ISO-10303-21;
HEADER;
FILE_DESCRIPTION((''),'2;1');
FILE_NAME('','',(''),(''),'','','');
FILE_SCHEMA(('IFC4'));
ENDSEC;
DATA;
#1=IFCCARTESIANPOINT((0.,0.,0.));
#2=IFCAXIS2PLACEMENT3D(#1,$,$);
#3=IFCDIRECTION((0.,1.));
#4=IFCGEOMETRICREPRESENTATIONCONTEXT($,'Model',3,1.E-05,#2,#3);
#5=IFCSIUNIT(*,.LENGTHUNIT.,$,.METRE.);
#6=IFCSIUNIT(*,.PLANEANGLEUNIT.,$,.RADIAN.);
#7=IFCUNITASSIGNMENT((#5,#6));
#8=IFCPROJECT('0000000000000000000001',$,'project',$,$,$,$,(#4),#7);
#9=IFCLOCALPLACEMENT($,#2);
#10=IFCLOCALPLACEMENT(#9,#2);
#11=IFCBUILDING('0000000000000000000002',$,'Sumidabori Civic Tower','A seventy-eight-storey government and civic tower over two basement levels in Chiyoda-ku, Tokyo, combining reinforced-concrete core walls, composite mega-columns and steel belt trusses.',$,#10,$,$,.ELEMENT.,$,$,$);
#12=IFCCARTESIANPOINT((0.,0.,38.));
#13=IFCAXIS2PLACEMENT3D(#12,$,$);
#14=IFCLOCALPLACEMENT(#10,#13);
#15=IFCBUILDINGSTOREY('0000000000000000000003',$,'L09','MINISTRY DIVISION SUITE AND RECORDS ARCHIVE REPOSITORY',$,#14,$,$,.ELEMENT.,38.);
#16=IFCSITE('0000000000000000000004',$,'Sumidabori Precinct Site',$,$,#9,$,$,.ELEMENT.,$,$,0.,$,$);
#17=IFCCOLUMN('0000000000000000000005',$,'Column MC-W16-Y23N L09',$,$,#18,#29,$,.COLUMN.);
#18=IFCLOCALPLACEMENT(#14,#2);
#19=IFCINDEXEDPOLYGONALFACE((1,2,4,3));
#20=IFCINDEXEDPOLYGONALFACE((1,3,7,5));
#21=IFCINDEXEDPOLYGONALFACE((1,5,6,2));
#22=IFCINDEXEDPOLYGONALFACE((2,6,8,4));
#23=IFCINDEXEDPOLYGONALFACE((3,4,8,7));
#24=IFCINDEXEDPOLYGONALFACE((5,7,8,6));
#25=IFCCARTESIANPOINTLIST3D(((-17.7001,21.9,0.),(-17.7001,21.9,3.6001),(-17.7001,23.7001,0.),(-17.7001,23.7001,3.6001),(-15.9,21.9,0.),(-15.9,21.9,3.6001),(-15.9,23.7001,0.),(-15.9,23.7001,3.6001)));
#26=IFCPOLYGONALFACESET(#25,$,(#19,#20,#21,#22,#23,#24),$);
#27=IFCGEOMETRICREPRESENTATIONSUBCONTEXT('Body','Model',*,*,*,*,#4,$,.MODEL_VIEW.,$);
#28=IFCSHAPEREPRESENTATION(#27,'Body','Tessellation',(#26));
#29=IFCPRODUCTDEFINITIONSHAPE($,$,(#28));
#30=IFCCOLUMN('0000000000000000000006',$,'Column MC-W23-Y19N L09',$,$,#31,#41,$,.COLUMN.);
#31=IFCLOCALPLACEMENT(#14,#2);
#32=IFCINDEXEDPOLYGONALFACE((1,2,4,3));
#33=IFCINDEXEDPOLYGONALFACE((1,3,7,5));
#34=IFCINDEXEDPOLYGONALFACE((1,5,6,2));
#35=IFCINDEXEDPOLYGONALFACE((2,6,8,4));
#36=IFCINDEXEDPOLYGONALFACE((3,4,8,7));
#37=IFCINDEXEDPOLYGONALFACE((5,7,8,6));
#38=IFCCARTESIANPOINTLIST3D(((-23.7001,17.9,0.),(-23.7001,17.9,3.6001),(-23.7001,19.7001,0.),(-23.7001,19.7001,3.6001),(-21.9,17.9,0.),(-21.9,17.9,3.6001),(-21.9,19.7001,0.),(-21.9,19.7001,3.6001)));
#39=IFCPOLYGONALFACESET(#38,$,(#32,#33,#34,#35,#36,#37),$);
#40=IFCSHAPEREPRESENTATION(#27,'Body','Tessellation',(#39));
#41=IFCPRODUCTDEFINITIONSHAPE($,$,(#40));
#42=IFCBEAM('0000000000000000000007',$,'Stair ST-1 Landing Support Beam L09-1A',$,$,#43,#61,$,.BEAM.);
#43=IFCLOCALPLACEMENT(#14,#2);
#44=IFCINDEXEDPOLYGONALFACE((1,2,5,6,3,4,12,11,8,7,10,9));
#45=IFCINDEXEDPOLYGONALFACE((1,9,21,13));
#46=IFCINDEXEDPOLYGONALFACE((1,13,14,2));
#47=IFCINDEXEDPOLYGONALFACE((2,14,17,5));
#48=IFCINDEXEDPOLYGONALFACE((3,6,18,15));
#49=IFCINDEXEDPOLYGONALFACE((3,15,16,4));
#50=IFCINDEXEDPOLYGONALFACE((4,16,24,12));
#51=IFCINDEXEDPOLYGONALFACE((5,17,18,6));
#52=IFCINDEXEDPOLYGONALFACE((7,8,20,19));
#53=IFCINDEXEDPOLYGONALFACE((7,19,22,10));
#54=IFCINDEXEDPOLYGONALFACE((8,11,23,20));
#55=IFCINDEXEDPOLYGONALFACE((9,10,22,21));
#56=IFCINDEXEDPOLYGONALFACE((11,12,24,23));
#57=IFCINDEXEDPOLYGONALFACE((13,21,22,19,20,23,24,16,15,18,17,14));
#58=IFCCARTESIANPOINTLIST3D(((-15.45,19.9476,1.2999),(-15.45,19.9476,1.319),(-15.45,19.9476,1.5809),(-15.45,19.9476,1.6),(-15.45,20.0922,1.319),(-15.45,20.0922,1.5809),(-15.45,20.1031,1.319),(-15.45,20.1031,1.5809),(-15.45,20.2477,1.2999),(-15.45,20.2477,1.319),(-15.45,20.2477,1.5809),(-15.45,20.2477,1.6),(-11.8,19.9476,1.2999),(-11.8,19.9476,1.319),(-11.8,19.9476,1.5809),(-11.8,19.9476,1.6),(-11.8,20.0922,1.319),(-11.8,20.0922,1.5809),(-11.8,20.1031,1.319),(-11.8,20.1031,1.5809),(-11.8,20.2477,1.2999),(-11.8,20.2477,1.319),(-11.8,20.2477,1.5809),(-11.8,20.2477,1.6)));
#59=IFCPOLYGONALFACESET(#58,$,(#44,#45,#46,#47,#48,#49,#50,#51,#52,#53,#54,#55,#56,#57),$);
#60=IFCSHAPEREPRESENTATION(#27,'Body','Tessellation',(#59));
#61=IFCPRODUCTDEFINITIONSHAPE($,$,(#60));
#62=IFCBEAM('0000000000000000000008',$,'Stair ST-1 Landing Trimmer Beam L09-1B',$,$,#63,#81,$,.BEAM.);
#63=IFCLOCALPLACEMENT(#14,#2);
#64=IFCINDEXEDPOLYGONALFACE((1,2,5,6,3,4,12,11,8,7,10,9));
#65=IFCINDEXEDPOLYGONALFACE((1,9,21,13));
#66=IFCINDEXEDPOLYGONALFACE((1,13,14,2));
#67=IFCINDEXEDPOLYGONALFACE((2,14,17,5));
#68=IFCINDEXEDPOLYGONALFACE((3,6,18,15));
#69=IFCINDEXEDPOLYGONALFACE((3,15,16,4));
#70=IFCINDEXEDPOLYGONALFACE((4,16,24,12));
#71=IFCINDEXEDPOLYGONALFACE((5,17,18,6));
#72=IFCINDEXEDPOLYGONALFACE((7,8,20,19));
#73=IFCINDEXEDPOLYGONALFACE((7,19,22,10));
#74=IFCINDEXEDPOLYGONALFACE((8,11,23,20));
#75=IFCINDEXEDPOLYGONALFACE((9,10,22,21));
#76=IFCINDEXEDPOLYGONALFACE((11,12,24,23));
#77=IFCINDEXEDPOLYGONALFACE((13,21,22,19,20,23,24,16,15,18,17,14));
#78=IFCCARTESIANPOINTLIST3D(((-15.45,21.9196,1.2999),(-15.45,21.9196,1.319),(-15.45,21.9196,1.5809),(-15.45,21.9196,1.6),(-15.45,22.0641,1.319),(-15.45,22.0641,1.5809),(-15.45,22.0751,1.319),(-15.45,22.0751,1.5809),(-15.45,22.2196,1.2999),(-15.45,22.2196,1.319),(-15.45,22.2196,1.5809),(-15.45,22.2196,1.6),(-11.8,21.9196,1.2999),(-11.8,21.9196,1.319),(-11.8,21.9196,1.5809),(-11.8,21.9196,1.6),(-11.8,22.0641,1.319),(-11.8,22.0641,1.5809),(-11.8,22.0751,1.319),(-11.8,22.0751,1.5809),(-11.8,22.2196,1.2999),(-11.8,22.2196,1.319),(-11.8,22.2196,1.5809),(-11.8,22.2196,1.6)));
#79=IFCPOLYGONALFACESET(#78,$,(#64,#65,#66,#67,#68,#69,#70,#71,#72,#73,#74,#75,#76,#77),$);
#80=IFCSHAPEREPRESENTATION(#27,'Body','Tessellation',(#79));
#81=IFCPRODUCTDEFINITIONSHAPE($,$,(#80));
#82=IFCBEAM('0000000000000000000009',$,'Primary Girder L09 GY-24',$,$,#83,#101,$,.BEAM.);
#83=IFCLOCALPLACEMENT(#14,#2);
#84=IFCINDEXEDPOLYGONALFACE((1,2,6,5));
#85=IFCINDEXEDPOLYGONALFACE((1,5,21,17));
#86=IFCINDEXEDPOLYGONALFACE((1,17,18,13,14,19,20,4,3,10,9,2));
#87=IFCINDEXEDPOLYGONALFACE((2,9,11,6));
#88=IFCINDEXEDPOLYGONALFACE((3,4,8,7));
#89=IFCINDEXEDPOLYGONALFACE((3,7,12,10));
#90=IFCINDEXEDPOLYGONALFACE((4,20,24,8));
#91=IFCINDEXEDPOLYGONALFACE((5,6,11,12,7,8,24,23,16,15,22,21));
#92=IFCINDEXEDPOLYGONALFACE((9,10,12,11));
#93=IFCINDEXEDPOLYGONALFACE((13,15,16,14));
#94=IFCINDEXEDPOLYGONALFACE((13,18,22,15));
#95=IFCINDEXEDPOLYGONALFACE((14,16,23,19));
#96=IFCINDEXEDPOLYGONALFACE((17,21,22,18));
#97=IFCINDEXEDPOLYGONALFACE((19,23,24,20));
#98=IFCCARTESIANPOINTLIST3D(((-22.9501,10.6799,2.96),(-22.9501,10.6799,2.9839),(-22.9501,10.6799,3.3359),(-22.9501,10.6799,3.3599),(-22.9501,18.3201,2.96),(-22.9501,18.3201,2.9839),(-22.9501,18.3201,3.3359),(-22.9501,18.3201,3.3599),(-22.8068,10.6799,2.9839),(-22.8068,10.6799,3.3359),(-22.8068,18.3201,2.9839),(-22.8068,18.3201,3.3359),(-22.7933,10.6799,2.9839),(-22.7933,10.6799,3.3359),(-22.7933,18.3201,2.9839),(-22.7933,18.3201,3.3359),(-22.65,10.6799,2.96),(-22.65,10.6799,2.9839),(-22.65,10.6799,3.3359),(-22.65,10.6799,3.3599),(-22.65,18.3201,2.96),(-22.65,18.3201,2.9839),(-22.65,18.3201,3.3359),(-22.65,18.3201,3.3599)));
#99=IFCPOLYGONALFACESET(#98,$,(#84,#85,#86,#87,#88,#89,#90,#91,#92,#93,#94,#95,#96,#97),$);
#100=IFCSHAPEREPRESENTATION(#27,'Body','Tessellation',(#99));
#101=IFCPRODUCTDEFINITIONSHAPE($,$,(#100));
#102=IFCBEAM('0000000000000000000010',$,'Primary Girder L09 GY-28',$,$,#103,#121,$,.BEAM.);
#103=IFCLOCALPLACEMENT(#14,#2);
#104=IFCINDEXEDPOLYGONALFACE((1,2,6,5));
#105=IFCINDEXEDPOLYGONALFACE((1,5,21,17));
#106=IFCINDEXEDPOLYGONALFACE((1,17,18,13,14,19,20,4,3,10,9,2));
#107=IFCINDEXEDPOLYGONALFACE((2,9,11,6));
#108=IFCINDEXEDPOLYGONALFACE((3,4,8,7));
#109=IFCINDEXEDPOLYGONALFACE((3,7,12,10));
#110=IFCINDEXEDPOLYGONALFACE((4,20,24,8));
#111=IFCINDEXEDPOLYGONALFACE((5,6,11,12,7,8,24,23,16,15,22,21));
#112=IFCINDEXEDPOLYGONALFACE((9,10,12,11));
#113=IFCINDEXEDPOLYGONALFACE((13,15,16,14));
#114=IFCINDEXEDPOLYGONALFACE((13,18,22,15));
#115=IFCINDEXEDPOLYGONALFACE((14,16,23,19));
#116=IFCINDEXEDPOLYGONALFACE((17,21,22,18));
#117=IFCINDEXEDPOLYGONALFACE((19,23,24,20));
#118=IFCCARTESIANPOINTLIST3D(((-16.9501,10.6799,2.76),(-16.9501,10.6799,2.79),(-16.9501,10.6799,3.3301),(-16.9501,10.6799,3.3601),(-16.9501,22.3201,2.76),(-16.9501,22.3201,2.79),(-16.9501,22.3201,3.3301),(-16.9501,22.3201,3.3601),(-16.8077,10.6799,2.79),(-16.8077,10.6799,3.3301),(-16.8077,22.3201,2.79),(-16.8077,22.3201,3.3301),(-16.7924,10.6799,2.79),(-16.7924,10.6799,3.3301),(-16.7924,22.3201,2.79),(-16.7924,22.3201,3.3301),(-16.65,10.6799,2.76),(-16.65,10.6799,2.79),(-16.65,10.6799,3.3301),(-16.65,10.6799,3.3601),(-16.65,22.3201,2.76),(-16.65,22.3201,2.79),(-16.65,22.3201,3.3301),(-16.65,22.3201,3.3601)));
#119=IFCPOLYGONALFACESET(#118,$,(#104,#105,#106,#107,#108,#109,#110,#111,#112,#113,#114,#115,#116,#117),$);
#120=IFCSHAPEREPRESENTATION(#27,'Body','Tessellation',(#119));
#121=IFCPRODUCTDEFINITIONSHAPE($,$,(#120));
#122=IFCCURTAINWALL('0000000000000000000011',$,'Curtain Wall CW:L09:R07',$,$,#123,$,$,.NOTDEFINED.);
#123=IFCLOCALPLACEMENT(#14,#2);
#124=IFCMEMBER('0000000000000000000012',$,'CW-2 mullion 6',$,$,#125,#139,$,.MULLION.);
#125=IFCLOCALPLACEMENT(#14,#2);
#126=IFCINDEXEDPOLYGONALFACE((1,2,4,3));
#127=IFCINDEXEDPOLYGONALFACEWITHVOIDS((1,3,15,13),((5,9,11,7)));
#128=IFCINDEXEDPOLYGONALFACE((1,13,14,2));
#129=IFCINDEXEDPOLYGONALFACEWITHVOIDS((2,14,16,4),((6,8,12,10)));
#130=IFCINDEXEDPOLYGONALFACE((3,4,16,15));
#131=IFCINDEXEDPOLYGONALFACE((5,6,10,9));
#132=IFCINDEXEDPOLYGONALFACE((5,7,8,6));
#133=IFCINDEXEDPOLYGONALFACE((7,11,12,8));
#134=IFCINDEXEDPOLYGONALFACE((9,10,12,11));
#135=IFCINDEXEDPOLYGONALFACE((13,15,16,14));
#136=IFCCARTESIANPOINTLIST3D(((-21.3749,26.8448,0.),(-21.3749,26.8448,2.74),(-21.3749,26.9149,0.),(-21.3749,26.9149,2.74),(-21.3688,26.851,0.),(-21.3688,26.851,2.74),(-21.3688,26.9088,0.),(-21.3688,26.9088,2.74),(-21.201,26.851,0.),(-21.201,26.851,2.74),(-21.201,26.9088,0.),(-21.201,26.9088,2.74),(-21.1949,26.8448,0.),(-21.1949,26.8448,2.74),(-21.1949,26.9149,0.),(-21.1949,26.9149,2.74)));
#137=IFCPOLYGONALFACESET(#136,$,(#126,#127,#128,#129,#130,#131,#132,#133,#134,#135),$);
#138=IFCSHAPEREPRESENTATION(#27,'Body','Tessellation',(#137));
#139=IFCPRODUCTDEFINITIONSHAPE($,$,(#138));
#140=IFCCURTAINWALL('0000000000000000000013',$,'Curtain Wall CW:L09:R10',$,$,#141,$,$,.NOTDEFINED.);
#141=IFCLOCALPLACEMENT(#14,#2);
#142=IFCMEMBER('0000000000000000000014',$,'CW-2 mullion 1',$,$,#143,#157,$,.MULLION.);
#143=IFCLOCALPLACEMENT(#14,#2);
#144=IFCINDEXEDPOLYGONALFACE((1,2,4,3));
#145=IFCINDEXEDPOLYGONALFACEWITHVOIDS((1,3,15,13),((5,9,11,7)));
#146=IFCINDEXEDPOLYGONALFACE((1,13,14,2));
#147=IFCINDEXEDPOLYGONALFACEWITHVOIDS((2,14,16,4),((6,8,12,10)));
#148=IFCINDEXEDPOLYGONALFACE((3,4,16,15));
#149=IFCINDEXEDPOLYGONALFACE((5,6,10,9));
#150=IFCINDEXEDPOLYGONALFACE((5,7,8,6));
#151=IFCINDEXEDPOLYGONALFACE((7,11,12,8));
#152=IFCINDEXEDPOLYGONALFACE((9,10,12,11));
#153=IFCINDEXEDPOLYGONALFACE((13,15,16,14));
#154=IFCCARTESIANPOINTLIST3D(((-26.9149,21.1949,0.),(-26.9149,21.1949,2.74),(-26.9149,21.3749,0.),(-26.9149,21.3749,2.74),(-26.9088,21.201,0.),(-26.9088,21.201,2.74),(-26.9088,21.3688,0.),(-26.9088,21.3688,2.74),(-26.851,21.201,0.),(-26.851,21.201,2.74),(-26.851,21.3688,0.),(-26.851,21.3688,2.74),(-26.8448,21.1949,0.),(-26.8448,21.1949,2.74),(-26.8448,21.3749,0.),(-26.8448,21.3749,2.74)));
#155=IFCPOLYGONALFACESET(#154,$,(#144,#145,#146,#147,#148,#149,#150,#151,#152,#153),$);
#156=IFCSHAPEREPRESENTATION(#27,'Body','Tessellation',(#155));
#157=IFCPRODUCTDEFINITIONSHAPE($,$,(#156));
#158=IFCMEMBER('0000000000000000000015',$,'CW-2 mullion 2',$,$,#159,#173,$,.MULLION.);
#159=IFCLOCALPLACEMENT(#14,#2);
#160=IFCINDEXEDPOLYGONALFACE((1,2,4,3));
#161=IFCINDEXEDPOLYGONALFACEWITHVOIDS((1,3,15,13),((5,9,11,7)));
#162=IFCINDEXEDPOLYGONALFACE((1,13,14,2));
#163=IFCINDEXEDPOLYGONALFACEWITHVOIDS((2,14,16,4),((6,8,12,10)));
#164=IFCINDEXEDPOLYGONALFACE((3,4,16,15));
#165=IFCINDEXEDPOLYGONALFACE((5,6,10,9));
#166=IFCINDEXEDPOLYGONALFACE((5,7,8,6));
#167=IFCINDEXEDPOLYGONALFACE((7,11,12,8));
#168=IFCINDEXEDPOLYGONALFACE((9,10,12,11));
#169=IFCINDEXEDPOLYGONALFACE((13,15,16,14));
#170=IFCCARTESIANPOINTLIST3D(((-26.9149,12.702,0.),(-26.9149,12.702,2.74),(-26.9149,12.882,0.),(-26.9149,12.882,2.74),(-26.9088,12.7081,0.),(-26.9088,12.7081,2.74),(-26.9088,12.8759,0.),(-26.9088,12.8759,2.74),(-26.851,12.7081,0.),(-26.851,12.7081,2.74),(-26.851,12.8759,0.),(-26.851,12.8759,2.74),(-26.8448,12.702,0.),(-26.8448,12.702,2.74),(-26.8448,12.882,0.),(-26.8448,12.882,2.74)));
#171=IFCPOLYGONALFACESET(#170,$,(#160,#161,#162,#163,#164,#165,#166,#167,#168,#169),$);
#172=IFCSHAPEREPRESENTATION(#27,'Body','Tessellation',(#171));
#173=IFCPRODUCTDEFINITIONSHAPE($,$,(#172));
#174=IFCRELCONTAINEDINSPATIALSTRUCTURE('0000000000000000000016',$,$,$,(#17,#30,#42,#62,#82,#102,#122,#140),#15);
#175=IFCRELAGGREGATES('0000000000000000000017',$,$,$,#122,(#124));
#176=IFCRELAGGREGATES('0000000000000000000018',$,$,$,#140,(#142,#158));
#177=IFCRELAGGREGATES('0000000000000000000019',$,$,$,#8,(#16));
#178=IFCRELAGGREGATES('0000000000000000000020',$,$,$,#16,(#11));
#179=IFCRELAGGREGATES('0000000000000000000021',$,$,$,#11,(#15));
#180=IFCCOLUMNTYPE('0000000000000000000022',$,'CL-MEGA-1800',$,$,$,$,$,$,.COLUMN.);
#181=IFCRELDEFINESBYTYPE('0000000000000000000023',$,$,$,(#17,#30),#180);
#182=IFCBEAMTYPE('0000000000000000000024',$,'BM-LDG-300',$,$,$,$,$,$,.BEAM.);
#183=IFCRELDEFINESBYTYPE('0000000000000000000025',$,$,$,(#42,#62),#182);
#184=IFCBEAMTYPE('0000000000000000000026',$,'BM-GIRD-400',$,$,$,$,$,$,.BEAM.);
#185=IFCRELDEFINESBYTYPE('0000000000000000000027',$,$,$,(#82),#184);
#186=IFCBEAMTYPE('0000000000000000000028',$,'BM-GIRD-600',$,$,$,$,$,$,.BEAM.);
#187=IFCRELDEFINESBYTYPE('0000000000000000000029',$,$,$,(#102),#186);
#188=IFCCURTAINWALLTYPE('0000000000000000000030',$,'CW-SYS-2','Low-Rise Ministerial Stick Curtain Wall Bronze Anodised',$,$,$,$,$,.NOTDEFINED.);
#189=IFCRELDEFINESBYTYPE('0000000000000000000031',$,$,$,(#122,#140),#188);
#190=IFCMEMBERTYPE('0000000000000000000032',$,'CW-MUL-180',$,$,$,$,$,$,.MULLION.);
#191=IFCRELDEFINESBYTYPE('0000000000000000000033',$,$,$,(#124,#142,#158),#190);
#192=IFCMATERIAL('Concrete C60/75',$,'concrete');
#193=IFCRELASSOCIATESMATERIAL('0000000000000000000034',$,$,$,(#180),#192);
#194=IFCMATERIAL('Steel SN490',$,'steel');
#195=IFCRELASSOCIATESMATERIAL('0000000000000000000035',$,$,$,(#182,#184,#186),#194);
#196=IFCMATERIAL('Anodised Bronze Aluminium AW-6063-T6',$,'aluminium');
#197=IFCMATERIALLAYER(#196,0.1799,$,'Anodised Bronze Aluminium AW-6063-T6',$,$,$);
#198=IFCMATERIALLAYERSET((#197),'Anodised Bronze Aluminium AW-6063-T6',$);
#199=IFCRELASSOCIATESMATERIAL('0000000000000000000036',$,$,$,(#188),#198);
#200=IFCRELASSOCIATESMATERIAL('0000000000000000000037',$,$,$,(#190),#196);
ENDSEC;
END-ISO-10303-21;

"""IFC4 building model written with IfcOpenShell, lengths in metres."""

from ifc_helpers import new_model, si_unit, direction, frame, origin, origin_2d, place, context, subcontext, project, spatial, rectangle, hollow_rectangle, i_section, extrude, source, transform, mapped, material, layer, layer_set, material_profile, profile_set, type_object, element, aggregate, save


model = new_model("IFC4")

# Units and contexts
model_context = context("Model", 3, precision=1e-05, world=origin(), true_north=direction((0.0, 1.0)))
body_context = subcontext(model_context, "Body", "Model", "MODEL_VIEW")
ifc_project = project(units=[si_unit("LENGTHUNIT", "METRE"), si_unit("PLANEANGLEUNIT", "RADIAN")], contexts=[model_context])

# Site, building, storey
site_placement = place(None, origin())
site = spatial("IfcSite", under=ifc_project, at=site_placement, Name="Sumidabori Precinct Site", CompositionType="ELEMENT", RefElevation=0.0)
building_placement = place(site_placement, origin())
building = spatial("IfcBuilding", under=site, at=building_placement, Name="Sumidabori Civic Tower", Description="A seventy-eight-storey government and civic tower over two basement levels in Chiyoda-ku, Tokyo, combining reinforced-concrete core walls, composite mega-columns and steel belt trusses.", CompositionType="ELEMENT")
storey_placement = place(building_placement, frame((0.0, 0.0, 38.0)))
storey = spatial("IfcBuildingStorey", under=building, at=storey_placement, Name="L09", Description="MINISTRY DIVISION SUITE AND RECORDS ARCHIVE REPOSITORY", CompositionType="ELEMENT", Elevation=38.0)

# Columns
ifc_material_1 = material(Name="Concrete C60/75", Category="concrete")
ifc_material_profile_1 = material_profile(ifc_material_1, rectangle(XDim=1.8, YDim=1.8, at=origin_2d()), Name="RC 1800x1800")
ifc_profile_set_1 = profile_set([ifc_material_profile_1], Name="Concrete C60/75")
column_type = type_object("IfcColumnType", Name="CL-MEGA-1800", PredefinedType="COLUMN", material=ifc_profile_set_1)
shared_shape_1 = source(origin(), body_context, "Body", "SweptSolid", [
    extrude(rectangle(XDim=1.8, YDim=1.8, at=origin_2d()), origin(), (0.0, 0.0, 1.0), 3.6001),
])
for number, where, z_axis, x_axis, name in (
    (1, (-16.8, 22.8, 0.0), (0.0, 0.0, 1.0), (1.0, 0.0, 0.0), "Column MC-W16-Y23N L09"),
    (2, (-22.8, 18.8, 0.0), (0.0, 0.0, 1.0), (1.0, 0.0, 0.0), "Column MC-W23-Y19N L09"),
):
    element("IfcColumn", number, at=place(storey_placement, frame(where, z_axis=z_axis, x_axis=x_axis)), inside=storey, type_object=column_type, Name=name, PredefinedType="COLUMN", context=body_context, shape_type="MappedRepresentation", body=[
        mapped(shared_shape_1, transform((0.0, 0.0, 0.0), x_axis=(1.0, 0.0, 0.0), y_axis=(0.0, 1.0, 0.0), z_axis=(0.0, 0.0, 1.0), scale=1.0)),
    ])

# Beams
ifc_material_2 = material(Name="Steel SN490", Category="steel")
ifc_material_profile_2 = material_profile(ifc_material_2, i_section(OverallWidth=0.3, OverallDepth=0.3, WebThickness=0.011, FlangeThickness=0.019, at=origin_2d()), Name="HE 300 B")
ifc_profile_set_2 = profile_set([ifc_material_profile_2], Name="Steel SN490")
beam_type_1 = type_object("IfcBeamType", Name="BM-LDG-300", PredefinedType="BEAM", material=ifc_profile_set_2)
shared_shape_2 = source(origin(), body_context, "Body", "SweptSolid", [
    extrude(i_section(OverallWidth=0.3, OverallDepth=0.3, WebThickness=0.011, FlangeThickness=0.019, at=origin_2d()), origin(), (0.0, 0.0, 1.0), 3.6499),
])
for number, where, z_axis, x_axis, name in (
    (3, (-15.45, 20.0977, 1.45), (1.0, 0.0, 0.0), (0.0, 1.0, 0.0), "Stair ST-1 Landing Support Beam L09-1A"),
    (4, (-15.45, 22.0696, 1.45), (1.0, 0.0, 0.0), (0.0, 1.0, 0.0), "Stair ST-1 Landing Trimmer Beam L09-1B"),
):
    element("IfcBeam", number, at=place(storey_placement, frame(where, z_axis=z_axis, x_axis=x_axis)), inside=storey, type_object=beam_type_1, Name=name, PredefinedType="BEAM", context=body_context, shape_type="MappedRepresentation", body=[
        mapped(shared_shape_2, transform((0.0, 0.0, 0.0), x_axis=(1.0, 0.0, 0.0), y_axis=(0.0, 1.0, 0.0), z_axis=(0.0, 0.0, 1.0), scale=1.0)),
    ])
ifc_material_profile_3 = material_profile(ifc_material_2, i_section(OverallWidth=0.3, OverallDepth=0.3999, WebThickness=0.0134, FlangeThickness=0.0239, at=origin_2d()), Name="HE 400 B")
ifc_profile_set_3 = profile_set([ifc_material_profile_3], Name="Steel SN490")
beam_type_2 = type_object("IfcBeamType", Name="BM-GIRD-400", PredefinedType="BEAM", material=ifc_profile_set_3)
shared_shape_3 = source(origin(), body_context, "Body", "SweptSolid", [
    extrude(i_section(OverallWidth=0.3, OverallDepth=0.3999, WebThickness=0.0134, FlangeThickness=0.0239, at=origin_2d()), origin(), (0.0, 0.0, 1.0), 7.6401),
])
beam_1_placement = place(storey_placement, frame((-22.8, 10.6799, 3.1599), z_axis=(0.0, 1.0, 0.0), x_axis=(-1.0, 0.0, 0.0)))
element("IfcBeam", 5, at=beam_1_placement, inside=storey, type_object=beam_type_2, Name="Primary Girder L09 GY-24", PredefinedType="BEAM", context=body_context, shape_type="MappedRepresentation", body=[
    mapped(shared_shape_3, transform((0.0, 0.0, 0.0), x_axis=(1.0, 0.0, 0.0), y_axis=(0.0, 1.0, 0.0), z_axis=(0.0, 0.0, 1.0), scale=1.0)),
])
ifc_material_profile_4 = material_profile(ifc_material_2, i_section(OverallWidth=0.3, OverallDepth=0.6001, WebThickness=0.0154, FlangeThickness=0.03, at=origin_2d()), Name="HE 600 B")
ifc_profile_set_4 = profile_set([ifc_material_profile_4], Name="Steel SN490")
beam_type_3 = type_object("IfcBeamType", Name="BM-GIRD-600", PredefinedType="BEAM", material=ifc_profile_set_4)
shared_shape_4 = source(origin(), body_context, "Body", "SweptSolid", [
    extrude(i_section(OverallWidth=0.3, OverallDepth=0.6001, WebThickness=0.0154, FlangeThickness=0.03, at=origin_2d()), origin(), (0.0, 0.0, 1.0), 11.6401),
])
beam_2_placement = place(storey_placement, frame((-16.8, 10.6799, 3.0601), z_axis=(0.0, 1.0, 0.0), x_axis=(-1.0, 0.0, 0.0)))
element("IfcBeam", 6, at=beam_2_placement, inside=storey, type_object=beam_type_3, Name="Primary Girder L09 GY-28", PredefinedType="BEAM", context=body_context, shape_type="MappedRepresentation", body=[
    mapped(shared_shape_4, transform((0.0, 0.0, 0.0), x_axis=(1.0, 0.0, 0.0), y_axis=(0.0, 1.0, 0.0), z_axis=(0.0, 0.0, 1.0), scale=1.0)),
])

# Curtain wall, member
ifc_material_3 = material(Name="Anodised Bronze Aluminium AW-6063-T6", Category="aluminium")
ifc_layer_1 = layer(ifc_material_3, 0.1799, Name="Anodised Bronze Aluminium AW-6063-T6")
ifc_layer_set_1 = layer_set([ifc_layer_1], Name="Anodised Bronze Aluminium AW-6063-T6")
curtain_wall_type = type_object("IfcCurtainWallType", Name="CW-SYS-2", Description="Low-Rise Ministerial Stick Curtain Wall Bronze Anodised", PredefinedType="NOTDEFINED", material=ifc_layer_set_1)
curtain_wall_1_placement = place(storey_placement, origin())
curtain_wall_1 = element("IfcCurtainWall", 7, at=curtain_wall_1_placement, inside=storey, type_object=curtain_wall_type, Name="Curtain Wall CW:L09:R07", PredefinedType="NOTDEFINED")
ifc_material_profile_5 = material_profile(ifc_material_3, hollow_rectangle(XDim=0.0701, YDim=0.1799, WallThickness=0.0061, at=origin_2d()), Name="ALU MULLION 180x70")
ifc_profile_set_5 = profile_set([ifc_material_profile_5], Name="Anodised Bronze Aluminium AW-6063-T6")
member_type_1 = type_object("IfcMemberType", Name="CW-MUL-180", PredefinedType="MULLION", material=ifc_profile_set_5)
shared_shape_5 = source(origin(), body_context, "Body", "SweptSolid", [
    extrude(hollow_rectangle(XDim=0.0701, YDim=0.1799, WallThickness=0.0061, at=origin_2d()), origin(), (0.0, 0.0, 1.0), 2.74),
])
member_1_placement = place(storey_placement, frame((-21.2849, 26.8799, 0.0), z_axis=(0.0, 0.0, 1.0), x_axis=(0.0, -1.0, 0.0)))
member_1 = element("IfcMember", 8, at=member_1_placement, type_object=member_type_1, Name="CW-2 mullion 6", PredefinedType="MULLION", context=body_context, shape_type="MappedRepresentation", body=[
    mapped(shared_shape_5, transform((0.0, 0.0, 0.0), x_axis=(1.0, 0.0, 0.0), y_axis=(0.0, 1.0, 0.0), z_axis=(0.0, 0.0, 1.0), scale=1.0)),
])

# Curtain wall, members
curtain_wall_2_placement = place(storey_placement, origin())
curtain_wall_2 = element("IfcCurtainWall", 9, at=curtain_wall_2_placement, inside=storey, type_object=curtain_wall_type, Name="Curtain Wall CW:L09:R10", PredefinedType="NOTDEFINED")
member_2_placement = place(storey_placement, frame((-26.8799, 21.2849, 0.0), z_axis=(0.0, 0.0, 1.0), x_axis=(1.0, 0.0, 0.0)))
member_2 = element("IfcMember", 10, at=member_2_placement, type_object=member_type_1, Name="CW-2 mullion 1", PredefinedType="MULLION", context=body_context, shape_type="MappedRepresentation", body=[
    mapped(shared_shape_5, transform((0.0, 0.0, 0.0), x_axis=(1.0, 0.0, 0.0), y_axis=(0.0, 1.0, 0.0), z_axis=(0.0, 0.0, 1.0), scale=1.0)),
])
member_3_placement = place(storey_placement, frame((-26.8799, 12.792, 0.0), z_axis=(0.0, 0.0, 1.0), x_axis=(1.0, 0.0, 0.0)))
member_3 = element("IfcMember", 11, at=member_3_placement, type_object=member_type_1, Name="CW-2 mullion 2", PredefinedType="MULLION", context=body_context, shape_type="MappedRepresentation", body=[
    mapped(shared_shape_5, transform((0.0, 0.0, 0.0), x_axis=(1.0, 0.0, 0.0), y_axis=(0.0, 1.0, 0.0), z_axis=(0.0, 0.0, 1.0), scale=1.0)),
])

aggregate(curtain_wall_1, [member_1])
aggregate(curtain_wall_2, [member_2, member_3])

save(model, "model.ifc")
